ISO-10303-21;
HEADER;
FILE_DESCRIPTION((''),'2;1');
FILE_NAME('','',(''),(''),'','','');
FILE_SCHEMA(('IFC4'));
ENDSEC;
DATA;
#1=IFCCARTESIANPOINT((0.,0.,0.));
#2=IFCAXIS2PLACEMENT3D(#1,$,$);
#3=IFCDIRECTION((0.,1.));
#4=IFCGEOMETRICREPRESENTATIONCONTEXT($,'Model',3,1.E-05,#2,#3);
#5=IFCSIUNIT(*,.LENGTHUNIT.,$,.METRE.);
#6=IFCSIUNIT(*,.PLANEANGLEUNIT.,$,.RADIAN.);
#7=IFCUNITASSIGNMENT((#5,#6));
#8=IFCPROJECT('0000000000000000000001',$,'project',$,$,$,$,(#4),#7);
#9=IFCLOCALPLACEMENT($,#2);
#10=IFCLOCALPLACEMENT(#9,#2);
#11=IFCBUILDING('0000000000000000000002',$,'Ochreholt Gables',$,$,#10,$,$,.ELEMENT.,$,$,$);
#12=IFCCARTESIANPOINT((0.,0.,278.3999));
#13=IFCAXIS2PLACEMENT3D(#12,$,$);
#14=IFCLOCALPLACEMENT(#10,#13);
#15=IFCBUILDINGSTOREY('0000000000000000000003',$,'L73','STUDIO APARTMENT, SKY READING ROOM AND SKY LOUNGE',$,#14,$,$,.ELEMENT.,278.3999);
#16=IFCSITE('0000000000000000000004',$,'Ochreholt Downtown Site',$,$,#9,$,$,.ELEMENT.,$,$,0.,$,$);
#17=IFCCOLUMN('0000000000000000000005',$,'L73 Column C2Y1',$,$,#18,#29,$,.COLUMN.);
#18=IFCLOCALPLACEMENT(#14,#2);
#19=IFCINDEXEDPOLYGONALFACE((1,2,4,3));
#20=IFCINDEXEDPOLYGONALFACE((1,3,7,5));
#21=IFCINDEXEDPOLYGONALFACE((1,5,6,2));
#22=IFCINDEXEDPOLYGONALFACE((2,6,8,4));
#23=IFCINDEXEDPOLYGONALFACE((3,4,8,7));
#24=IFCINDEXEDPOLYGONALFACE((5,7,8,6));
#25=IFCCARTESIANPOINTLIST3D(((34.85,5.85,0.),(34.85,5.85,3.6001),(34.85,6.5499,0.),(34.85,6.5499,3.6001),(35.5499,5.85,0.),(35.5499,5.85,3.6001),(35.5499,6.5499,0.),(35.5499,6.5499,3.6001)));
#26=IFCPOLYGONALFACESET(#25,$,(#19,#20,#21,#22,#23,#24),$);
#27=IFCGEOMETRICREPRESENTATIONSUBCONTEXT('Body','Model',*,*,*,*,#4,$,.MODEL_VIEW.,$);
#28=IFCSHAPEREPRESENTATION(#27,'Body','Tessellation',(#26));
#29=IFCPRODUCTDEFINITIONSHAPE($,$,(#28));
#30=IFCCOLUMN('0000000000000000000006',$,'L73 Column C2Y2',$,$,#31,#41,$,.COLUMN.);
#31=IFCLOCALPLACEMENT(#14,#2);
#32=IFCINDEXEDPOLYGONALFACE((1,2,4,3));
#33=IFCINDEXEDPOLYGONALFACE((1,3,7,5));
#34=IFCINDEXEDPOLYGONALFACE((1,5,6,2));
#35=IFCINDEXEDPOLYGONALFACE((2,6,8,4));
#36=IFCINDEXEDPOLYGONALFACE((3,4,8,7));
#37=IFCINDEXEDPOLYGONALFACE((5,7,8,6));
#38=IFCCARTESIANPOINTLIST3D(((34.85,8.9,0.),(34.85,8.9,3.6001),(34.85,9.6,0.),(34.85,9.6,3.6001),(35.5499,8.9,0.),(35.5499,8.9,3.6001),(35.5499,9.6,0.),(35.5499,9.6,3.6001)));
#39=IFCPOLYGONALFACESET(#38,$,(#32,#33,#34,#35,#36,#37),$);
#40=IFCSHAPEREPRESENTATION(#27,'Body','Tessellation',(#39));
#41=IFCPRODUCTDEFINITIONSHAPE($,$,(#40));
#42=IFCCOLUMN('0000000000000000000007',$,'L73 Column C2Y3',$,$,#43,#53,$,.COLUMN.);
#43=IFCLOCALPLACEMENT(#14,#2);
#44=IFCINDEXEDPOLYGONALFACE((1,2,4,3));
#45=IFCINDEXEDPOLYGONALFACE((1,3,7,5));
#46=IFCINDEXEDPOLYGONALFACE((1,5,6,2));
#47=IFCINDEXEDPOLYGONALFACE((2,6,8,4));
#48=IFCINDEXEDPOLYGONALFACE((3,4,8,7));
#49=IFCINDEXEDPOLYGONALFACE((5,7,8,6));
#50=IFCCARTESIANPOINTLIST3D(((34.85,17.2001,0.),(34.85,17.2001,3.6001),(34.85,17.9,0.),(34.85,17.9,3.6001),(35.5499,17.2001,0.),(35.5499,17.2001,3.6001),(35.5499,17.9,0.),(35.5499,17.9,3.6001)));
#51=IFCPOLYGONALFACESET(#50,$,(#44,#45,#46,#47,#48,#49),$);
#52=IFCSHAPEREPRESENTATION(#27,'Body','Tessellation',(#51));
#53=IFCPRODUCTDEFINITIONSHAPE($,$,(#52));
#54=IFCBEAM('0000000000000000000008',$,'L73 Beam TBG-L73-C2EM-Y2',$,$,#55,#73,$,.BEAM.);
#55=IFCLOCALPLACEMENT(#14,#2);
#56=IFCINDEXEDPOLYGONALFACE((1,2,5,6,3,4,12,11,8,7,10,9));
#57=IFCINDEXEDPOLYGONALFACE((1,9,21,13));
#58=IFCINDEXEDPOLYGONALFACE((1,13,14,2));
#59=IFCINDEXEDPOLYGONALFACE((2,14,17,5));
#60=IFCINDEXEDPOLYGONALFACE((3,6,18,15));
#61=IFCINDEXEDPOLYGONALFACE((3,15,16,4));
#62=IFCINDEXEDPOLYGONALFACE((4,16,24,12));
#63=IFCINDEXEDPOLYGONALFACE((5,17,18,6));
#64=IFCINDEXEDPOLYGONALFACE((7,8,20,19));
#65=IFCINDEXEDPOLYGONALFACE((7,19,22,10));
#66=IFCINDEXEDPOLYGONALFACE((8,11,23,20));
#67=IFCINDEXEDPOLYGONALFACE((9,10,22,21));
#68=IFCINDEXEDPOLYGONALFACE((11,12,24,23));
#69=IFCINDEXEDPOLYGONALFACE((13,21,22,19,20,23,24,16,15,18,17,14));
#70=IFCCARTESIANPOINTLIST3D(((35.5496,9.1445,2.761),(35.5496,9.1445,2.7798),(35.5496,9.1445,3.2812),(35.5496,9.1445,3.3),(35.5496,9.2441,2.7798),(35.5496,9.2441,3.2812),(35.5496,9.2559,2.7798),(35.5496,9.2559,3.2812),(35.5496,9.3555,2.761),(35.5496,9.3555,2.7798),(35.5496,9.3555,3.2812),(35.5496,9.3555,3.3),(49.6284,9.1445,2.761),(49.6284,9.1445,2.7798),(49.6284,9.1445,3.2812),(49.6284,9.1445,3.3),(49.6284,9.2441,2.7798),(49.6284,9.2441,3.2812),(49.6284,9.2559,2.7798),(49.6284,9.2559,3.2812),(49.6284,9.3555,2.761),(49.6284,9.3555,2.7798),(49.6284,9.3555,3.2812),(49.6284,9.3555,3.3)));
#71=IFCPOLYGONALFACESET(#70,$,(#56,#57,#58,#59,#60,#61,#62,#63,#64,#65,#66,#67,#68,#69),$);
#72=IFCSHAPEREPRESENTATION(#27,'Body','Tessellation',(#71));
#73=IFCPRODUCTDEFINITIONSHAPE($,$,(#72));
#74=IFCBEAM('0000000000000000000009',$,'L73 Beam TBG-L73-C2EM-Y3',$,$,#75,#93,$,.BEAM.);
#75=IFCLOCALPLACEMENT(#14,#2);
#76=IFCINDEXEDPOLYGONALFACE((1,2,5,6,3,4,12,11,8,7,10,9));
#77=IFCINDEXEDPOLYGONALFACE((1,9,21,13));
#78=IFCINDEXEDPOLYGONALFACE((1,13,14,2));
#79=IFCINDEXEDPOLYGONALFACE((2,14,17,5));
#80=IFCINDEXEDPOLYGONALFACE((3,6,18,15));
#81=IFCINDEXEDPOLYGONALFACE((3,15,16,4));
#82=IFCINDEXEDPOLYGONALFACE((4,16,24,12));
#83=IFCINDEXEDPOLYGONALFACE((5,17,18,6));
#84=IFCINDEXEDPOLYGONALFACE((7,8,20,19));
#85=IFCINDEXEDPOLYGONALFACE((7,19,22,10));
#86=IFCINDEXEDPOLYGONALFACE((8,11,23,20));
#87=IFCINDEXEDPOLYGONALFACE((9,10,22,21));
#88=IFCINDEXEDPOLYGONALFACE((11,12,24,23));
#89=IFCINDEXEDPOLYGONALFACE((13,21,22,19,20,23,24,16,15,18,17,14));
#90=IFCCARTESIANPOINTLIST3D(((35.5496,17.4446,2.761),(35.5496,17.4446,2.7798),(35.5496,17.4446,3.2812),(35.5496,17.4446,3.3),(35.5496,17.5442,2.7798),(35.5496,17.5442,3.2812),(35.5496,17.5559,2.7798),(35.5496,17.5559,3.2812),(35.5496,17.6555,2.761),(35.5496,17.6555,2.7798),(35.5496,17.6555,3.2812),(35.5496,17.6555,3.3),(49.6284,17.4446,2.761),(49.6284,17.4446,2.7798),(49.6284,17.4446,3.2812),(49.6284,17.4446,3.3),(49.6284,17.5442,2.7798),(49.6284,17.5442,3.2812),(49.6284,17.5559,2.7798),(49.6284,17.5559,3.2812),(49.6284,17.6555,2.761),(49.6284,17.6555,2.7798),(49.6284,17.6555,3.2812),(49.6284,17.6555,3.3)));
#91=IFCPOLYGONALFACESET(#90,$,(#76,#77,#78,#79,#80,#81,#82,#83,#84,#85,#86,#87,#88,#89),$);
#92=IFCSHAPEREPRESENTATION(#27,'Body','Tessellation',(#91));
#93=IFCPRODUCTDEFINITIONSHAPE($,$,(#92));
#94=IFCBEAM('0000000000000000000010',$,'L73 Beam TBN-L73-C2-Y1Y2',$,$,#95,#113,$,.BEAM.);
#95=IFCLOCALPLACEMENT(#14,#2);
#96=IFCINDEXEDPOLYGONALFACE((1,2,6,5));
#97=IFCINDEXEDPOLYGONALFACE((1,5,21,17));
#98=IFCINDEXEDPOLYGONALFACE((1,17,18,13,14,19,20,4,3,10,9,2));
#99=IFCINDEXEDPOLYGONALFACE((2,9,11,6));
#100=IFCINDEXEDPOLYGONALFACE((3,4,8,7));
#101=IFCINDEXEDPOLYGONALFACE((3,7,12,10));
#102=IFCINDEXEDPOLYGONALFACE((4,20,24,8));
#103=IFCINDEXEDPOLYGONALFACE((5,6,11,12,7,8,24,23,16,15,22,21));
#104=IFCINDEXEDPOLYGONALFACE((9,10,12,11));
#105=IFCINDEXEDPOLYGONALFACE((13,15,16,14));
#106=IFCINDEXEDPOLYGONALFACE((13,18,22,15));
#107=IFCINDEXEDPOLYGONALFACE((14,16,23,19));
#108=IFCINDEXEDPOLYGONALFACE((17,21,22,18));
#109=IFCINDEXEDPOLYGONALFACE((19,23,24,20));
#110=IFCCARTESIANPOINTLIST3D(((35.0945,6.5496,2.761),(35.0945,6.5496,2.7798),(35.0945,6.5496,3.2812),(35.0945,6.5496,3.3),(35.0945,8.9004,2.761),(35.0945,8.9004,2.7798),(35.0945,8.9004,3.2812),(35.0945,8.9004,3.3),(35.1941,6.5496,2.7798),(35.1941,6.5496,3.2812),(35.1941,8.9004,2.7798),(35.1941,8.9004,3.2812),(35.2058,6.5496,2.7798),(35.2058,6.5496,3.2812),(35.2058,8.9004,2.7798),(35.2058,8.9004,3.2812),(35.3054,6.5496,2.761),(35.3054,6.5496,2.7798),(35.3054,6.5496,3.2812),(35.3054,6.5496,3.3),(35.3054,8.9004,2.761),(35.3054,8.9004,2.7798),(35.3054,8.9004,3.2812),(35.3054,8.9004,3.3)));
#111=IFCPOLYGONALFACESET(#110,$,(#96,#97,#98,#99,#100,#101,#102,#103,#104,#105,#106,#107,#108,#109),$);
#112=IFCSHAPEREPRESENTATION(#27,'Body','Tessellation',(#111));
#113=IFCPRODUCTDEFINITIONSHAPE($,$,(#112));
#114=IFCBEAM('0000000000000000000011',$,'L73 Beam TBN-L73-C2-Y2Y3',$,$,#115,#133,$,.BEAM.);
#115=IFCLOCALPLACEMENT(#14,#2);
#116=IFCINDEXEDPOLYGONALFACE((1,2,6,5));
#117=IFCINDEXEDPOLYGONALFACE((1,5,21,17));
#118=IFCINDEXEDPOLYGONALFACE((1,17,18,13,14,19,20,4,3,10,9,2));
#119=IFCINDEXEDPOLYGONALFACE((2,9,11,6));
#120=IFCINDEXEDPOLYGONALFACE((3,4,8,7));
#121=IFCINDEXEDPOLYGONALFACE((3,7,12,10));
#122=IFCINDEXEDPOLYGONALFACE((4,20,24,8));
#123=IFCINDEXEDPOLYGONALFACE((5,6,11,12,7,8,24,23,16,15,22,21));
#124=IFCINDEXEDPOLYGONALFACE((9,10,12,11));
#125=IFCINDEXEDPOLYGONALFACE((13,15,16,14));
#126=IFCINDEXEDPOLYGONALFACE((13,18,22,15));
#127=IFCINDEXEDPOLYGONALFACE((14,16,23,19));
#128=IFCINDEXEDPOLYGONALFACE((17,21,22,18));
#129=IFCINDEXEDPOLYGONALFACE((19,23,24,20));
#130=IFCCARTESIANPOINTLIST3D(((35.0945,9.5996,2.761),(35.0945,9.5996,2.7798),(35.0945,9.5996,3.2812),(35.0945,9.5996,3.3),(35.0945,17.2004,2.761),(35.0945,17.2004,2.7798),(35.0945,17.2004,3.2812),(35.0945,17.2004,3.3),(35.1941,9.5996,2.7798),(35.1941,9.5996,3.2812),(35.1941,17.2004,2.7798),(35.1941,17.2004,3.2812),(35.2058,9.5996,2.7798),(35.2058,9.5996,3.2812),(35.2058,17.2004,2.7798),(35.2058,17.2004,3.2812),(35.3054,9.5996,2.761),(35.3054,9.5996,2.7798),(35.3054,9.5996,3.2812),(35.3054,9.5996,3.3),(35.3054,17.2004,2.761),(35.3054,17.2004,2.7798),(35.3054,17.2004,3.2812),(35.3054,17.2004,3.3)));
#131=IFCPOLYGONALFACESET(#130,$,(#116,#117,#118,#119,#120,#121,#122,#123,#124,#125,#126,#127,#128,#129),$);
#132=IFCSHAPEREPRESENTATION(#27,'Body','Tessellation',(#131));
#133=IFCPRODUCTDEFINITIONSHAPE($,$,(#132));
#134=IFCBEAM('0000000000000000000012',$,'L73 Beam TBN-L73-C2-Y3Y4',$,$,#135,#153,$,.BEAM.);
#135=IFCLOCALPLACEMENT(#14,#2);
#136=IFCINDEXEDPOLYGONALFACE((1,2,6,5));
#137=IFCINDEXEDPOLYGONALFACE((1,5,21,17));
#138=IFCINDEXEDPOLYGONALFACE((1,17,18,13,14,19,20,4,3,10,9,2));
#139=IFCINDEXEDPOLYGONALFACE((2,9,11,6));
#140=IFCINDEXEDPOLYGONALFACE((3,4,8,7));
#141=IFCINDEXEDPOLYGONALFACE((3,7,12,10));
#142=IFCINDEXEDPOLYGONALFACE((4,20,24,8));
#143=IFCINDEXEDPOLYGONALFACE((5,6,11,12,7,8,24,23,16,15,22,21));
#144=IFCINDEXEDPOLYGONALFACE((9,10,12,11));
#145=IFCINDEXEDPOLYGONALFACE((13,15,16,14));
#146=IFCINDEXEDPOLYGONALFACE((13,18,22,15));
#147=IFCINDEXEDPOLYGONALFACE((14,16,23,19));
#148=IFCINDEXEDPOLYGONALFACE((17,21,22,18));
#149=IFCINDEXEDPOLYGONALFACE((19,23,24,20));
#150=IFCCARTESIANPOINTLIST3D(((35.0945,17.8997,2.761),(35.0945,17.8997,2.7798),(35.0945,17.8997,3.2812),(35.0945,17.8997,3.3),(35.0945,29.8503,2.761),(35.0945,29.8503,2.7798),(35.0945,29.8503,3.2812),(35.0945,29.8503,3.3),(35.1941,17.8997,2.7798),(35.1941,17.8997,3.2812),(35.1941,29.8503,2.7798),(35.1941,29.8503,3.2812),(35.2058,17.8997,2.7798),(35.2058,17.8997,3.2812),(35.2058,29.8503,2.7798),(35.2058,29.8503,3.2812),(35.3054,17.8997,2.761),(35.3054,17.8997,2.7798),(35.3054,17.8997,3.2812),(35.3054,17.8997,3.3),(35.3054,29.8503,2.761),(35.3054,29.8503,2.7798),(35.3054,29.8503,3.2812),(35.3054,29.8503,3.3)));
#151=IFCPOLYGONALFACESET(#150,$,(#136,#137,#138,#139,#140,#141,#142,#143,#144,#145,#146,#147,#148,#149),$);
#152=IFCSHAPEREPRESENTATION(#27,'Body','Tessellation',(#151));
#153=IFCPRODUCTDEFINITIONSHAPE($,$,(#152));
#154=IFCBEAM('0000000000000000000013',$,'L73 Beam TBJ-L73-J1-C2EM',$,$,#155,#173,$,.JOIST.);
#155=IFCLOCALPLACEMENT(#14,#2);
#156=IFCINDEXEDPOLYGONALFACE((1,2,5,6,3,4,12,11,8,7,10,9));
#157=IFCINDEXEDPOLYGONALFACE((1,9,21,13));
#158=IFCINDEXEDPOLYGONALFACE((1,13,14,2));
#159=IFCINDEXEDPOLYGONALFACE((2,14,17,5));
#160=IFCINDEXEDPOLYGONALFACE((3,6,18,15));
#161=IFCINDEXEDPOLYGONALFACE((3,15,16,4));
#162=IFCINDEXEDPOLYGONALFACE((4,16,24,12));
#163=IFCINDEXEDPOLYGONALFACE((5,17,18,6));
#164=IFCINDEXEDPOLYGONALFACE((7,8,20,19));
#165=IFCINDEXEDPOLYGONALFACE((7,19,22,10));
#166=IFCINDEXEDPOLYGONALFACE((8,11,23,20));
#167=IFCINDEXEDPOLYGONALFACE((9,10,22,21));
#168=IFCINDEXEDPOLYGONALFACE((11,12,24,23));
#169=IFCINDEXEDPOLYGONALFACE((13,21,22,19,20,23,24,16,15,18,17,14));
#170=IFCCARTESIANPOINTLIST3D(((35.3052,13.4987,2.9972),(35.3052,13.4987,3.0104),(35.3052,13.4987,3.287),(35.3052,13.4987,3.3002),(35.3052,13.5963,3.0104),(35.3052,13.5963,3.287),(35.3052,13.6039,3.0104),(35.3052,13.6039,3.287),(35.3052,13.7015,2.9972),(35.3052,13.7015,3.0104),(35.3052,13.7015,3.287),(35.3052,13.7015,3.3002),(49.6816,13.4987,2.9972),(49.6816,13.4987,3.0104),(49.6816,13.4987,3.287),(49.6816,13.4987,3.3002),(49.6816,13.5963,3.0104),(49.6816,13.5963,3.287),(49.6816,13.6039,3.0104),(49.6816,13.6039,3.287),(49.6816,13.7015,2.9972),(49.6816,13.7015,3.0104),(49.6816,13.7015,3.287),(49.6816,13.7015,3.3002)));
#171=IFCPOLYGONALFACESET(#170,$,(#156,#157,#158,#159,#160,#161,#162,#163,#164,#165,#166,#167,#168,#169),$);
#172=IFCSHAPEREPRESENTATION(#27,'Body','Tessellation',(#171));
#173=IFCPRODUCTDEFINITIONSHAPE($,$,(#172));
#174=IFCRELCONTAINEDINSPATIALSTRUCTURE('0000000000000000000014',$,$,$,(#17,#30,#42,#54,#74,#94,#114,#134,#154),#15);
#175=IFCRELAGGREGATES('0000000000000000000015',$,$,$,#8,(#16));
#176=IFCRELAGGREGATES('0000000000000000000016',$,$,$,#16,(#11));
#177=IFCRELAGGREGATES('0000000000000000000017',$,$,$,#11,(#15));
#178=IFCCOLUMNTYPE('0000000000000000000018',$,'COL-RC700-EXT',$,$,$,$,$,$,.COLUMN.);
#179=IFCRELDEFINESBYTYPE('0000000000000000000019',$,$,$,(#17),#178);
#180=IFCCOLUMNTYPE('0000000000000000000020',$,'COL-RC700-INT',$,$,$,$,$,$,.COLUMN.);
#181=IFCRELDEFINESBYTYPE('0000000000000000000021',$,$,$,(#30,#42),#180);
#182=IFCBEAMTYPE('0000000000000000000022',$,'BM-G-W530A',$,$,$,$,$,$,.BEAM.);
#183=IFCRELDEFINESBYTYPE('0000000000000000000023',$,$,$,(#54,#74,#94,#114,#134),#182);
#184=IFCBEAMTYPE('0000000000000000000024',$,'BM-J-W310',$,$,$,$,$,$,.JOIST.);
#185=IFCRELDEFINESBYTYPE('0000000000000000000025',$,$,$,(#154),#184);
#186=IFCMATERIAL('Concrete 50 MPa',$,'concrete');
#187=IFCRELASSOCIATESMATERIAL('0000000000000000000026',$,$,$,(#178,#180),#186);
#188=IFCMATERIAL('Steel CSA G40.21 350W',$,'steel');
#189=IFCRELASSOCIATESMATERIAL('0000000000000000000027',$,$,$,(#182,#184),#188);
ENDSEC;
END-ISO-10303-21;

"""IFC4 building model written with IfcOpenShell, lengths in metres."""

from ifc_helpers import new_model, si_unit, direction, frame, origin, origin_2d, place, context, subcontext, project, spatial, rectangle, i_section, extrude, material, material_profile, profile_set, type_object, element, save


model = new_model("IFC4")

# Units and contexts
model_context = context("Model", 3, precision=1e-05, world=origin(), true_north=direction((0.0, 1.0)))
body_context = subcontext(model_context, "Body", "Model", "MODEL_VIEW")
ifc_project = project(units=[si_unit("LENGTHUNIT", "METRE"), si_unit("PLANEANGLEUNIT", "RADIAN")], contexts=[model_context])

# Site, building, storey
site_placement = place(None, origin())
site = spatial("IfcSite", under=ifc_project, at=site_placement, Name="Ochreholt Downtown Site", CompositionType="ELEMENT", RefElevation=0.0)
building_placement = place(site_placement, origin())
building = spatial("IfcBuilding", under=site, at=building_placement, Name="Ochreholt Gables", CompositionType="ELEMENT")
storey_placement = place(building_placement, frame((0.0, 0.0, 278.3999)))
storey = spatial("IfcBuildingStorey", under=building, at=storey_placement, Name="L73", Description="STUDIO APARTMENT, SKY READING ROOM AND SKY LOUNGE", CompositionType="ELEMENT", Elevation=278.3999)

# Columns
ifc_material_1 = material(Name="Concrete 50 MPa", Category="concrete")
ifc_material_profile_1 = material_profile(ifc_material_1, rectangle(XDim=0.7, YDim=0.7, at=origin_2d()), Name="RC700X700")
ifc_profile_set_1 = profile_set([ifc_material_profile_1], Name="Concrete 50 MPa")
column_type_1 = type_object("IfcColumnType", Name="COL-RC700-EXT", PredefinedType="COLUMN", material=ifc_profile_set_1)
column_placement = place(storey_placement, frame((35.2, 6.2, 0.0), z_axis=(0.0, 0.0, 1.0), x_axis=(1.0, 0.0, 0.0)))
element("IfcColumn", 1, at=column_placement, inside=storey, type_object=column_type_1, Name="L73 Column C2Y1", PredefinedType="COLUMN", context=body_context, shape_type="SweptSolid", body=[
    extrude(rectangle(XDim=0.7, YDim=0.7, at=origin_2d()), origin(), (0.0, 0.0, 1.0), 3.6001),
])
ifc_material_profile_2 = material_profile(ifc_material_1, rectangle(XDim=0.7, YDim=0.7, at=origin_2d()), Name="RC700X700")
ifc_profile_set_2 = profile_set([ifc_material_profile_2], Name="Concrete 50 MPa")
column_type_2 = type_object("IfcColumnType", Name="COL-RC700-INT", PredefinedType="COLUMN", material=ifc_profile_set_2)
for number, where, z_axis, x_axis, name in (
    (2, (35.2, 9.25, 0.0), (0.0, 0.0, 1.0), (1.0, 0.0, 0.0), "L73 Column C2Y2"),
    (3, (35.2, 17.55, 0.0), (0.0, 0.0, 1.0), (1.0, 0.0, 0.0), "L73 Column C2Y3"),
):
    element("IfcColumn", number, at=place(storey_placement, frame(where, z_axis=z_axis, x_axis=x_axis)), inside=storey, type_object=column_type_2, Name=name, PredefinedType="COLUMN", context=body_context, shape_type="SweptSolid", body=[
        extrude(rectangle(XDim=0.7, YDim=0.7, at=origin_2d()), origin(), (0.0, 0.0, 1.0), 3.6001),
    ])

# Beams
ifc_material_2 = material(Name="Steel CSA G40.21 350W", Category="steel")
ifc_material_profile_3 = material_profile(ifc_material_2, i_section(OverallWidth=0.2109, OverallDepth=0.5391, WebThickness=0.0117, FlangeThickness=0.0188, at=origin_2d()), Name="W530X109")
ifc_profile_set_3 = profile_set([ifc_material_profile_3], Name="Steel CSA G40.21 350W")
beam_type_1 = type_object("IfcBeamType", Name="BM-G-W530A", PredefinedType="BEAM", material=ifc_profile_set_3)
for number, where, z_axis, x_axis, name in (
    (4, (35.5496, 9.25, 3.0305), (1.0, 0.0, 0.0), (0.0, 1.0, 0.0), "L73 Beam TBG-L73-C2EM-Y2"),
    (5, (35.5496, 17.55, 3.0305), (1.0, 0.0, 0.0), (0.0, 1.0, 0.0), "L73 Beam TBG-L73-C2EM-Y3"),
):
    element("IfcBeam", number, at=place(storey_placement, frame(where, z_axis=z_axis, x_axis=x_axis)), inside=storey, type_object=beam_type_1, Name=name, PredefinedType="BEAM", context=body_context, shape_type="SweptSolid", body=[
        extrude(i_section(OverallWidth=0.2109, OverallDepth=0.5391, WebThickness=0.0117, FlangeThickness=0.0188, at=origin_2d()), origin(), (0.0, 0.0, 1.0), 14.0789),
    ])
beam_1_placement = place(storey_placement, frame((35.2, 6.5496, 3.0305), z_axis=(0.0, 1.0, 0.0), x_axis=(-1.0, 0.0, 0.0)))
element("IfcBeam", 6, at=beam_1_placement, inside=storey, type_object=beam_type_1, Name="L73 Beam TBN-L73-C2-Y1Y2", PredefinedType="BEAM", context=body_context, shape_type="SweptSolid", body=[
    extrude(i_section(OverallWidth=0.2109, OverallDepth=0.5391, WebThickness=0.0117, FlangeThickness=0.0188, at=origin_2d()), origin(), (0.0, 0.0, 1.0), 2.3508),
])
beam_2_placement = place(storey_placement, frame((35.2, 9.5996, 3.0305), z_axis=(0.0, 1.0, 0.0), x_axis=(-1.0, 0.0, 0.0)))
element("IfcBeam", 7, at=beam_2_placement, inside=storey, type_object=beam_type_1, Name="L73 Beam TBN-L73-C2-Y2Y3", PredefinedType="BEAM", context=body_context, shape_type="SweptSolid", body=[
    extrude(i_section(OverallWidth=0.2109, OverallDepth=0.5391, WebThickness=0.0117, FlangeThickness=0.0188, at=origin_2d()), origin(), (0.0, 0.0, 1.0), 7.6008),
])
beam_3_placement = place(storey_placement, frame((35.2, 17.8997, 3.0305), z_axis=(0.0, 1.0, 0.0), x_axis=(-1.0, 0.0, 0.0)))
element("IfcBeam", 8, at=beam_3_placement, inside=storey, type_object=beam_type_1, Name="L73 Beam TBN-L73-C2-Y3Y4", PredefinedType="BEAM", context=body_context, shape_type="SweptSolid", body=[
    extrude(i_section(OverallWidth=0.2109, OverallDepth=0.5391, WebThickness=0.0117, FlangeThickness=0.0188, at=origin_2d()), origin(), (0.0, 0.0, 1.0), 11.9507),
])
ifc_material_profile_4 = material_profile(ifc_material_2, i_section(OverallWidth=0.2029, OverallDepth=0.303, WebThickness=0.0076, FlangeThickness=0.0132, at=origin_2d()), Name="W310X60")
ifc_profile_set_4 = profile_set([ifc_material_profile_4], Name="Steel CSA G40.21 350W")
beam_type_2 = type_object("IfcBeamType", Name="BM-J-W310", PredefinedType="JOIST", material=ifc_profile_set_4)
beam_4_placement = place(storey_placement, frame((35.3052, 13.6001, 3.1487), z_axis=(1.0, 0.0, 0.0), x_axis=(0.0, 1.0, 0.0)))
element("IfcBeam", 9, at=beam_4_placement, inside=storey, type_object=beam_type_2, Name="L73 Beam TBJ-L73-J1-C2EM", PredefinedType="JOIST", context=body_context, shape_type="SweptSolid", body=[
    extrude(i_section(OverallWidth=0.2029, OverallDepth=0.303, WebThickness=0.0076, FlangeThickness=0.0132, at=origin_2d()), origin(), (0.0, 0.0, 1.0), 14.3765),
])

save(model, "model.ifc")
